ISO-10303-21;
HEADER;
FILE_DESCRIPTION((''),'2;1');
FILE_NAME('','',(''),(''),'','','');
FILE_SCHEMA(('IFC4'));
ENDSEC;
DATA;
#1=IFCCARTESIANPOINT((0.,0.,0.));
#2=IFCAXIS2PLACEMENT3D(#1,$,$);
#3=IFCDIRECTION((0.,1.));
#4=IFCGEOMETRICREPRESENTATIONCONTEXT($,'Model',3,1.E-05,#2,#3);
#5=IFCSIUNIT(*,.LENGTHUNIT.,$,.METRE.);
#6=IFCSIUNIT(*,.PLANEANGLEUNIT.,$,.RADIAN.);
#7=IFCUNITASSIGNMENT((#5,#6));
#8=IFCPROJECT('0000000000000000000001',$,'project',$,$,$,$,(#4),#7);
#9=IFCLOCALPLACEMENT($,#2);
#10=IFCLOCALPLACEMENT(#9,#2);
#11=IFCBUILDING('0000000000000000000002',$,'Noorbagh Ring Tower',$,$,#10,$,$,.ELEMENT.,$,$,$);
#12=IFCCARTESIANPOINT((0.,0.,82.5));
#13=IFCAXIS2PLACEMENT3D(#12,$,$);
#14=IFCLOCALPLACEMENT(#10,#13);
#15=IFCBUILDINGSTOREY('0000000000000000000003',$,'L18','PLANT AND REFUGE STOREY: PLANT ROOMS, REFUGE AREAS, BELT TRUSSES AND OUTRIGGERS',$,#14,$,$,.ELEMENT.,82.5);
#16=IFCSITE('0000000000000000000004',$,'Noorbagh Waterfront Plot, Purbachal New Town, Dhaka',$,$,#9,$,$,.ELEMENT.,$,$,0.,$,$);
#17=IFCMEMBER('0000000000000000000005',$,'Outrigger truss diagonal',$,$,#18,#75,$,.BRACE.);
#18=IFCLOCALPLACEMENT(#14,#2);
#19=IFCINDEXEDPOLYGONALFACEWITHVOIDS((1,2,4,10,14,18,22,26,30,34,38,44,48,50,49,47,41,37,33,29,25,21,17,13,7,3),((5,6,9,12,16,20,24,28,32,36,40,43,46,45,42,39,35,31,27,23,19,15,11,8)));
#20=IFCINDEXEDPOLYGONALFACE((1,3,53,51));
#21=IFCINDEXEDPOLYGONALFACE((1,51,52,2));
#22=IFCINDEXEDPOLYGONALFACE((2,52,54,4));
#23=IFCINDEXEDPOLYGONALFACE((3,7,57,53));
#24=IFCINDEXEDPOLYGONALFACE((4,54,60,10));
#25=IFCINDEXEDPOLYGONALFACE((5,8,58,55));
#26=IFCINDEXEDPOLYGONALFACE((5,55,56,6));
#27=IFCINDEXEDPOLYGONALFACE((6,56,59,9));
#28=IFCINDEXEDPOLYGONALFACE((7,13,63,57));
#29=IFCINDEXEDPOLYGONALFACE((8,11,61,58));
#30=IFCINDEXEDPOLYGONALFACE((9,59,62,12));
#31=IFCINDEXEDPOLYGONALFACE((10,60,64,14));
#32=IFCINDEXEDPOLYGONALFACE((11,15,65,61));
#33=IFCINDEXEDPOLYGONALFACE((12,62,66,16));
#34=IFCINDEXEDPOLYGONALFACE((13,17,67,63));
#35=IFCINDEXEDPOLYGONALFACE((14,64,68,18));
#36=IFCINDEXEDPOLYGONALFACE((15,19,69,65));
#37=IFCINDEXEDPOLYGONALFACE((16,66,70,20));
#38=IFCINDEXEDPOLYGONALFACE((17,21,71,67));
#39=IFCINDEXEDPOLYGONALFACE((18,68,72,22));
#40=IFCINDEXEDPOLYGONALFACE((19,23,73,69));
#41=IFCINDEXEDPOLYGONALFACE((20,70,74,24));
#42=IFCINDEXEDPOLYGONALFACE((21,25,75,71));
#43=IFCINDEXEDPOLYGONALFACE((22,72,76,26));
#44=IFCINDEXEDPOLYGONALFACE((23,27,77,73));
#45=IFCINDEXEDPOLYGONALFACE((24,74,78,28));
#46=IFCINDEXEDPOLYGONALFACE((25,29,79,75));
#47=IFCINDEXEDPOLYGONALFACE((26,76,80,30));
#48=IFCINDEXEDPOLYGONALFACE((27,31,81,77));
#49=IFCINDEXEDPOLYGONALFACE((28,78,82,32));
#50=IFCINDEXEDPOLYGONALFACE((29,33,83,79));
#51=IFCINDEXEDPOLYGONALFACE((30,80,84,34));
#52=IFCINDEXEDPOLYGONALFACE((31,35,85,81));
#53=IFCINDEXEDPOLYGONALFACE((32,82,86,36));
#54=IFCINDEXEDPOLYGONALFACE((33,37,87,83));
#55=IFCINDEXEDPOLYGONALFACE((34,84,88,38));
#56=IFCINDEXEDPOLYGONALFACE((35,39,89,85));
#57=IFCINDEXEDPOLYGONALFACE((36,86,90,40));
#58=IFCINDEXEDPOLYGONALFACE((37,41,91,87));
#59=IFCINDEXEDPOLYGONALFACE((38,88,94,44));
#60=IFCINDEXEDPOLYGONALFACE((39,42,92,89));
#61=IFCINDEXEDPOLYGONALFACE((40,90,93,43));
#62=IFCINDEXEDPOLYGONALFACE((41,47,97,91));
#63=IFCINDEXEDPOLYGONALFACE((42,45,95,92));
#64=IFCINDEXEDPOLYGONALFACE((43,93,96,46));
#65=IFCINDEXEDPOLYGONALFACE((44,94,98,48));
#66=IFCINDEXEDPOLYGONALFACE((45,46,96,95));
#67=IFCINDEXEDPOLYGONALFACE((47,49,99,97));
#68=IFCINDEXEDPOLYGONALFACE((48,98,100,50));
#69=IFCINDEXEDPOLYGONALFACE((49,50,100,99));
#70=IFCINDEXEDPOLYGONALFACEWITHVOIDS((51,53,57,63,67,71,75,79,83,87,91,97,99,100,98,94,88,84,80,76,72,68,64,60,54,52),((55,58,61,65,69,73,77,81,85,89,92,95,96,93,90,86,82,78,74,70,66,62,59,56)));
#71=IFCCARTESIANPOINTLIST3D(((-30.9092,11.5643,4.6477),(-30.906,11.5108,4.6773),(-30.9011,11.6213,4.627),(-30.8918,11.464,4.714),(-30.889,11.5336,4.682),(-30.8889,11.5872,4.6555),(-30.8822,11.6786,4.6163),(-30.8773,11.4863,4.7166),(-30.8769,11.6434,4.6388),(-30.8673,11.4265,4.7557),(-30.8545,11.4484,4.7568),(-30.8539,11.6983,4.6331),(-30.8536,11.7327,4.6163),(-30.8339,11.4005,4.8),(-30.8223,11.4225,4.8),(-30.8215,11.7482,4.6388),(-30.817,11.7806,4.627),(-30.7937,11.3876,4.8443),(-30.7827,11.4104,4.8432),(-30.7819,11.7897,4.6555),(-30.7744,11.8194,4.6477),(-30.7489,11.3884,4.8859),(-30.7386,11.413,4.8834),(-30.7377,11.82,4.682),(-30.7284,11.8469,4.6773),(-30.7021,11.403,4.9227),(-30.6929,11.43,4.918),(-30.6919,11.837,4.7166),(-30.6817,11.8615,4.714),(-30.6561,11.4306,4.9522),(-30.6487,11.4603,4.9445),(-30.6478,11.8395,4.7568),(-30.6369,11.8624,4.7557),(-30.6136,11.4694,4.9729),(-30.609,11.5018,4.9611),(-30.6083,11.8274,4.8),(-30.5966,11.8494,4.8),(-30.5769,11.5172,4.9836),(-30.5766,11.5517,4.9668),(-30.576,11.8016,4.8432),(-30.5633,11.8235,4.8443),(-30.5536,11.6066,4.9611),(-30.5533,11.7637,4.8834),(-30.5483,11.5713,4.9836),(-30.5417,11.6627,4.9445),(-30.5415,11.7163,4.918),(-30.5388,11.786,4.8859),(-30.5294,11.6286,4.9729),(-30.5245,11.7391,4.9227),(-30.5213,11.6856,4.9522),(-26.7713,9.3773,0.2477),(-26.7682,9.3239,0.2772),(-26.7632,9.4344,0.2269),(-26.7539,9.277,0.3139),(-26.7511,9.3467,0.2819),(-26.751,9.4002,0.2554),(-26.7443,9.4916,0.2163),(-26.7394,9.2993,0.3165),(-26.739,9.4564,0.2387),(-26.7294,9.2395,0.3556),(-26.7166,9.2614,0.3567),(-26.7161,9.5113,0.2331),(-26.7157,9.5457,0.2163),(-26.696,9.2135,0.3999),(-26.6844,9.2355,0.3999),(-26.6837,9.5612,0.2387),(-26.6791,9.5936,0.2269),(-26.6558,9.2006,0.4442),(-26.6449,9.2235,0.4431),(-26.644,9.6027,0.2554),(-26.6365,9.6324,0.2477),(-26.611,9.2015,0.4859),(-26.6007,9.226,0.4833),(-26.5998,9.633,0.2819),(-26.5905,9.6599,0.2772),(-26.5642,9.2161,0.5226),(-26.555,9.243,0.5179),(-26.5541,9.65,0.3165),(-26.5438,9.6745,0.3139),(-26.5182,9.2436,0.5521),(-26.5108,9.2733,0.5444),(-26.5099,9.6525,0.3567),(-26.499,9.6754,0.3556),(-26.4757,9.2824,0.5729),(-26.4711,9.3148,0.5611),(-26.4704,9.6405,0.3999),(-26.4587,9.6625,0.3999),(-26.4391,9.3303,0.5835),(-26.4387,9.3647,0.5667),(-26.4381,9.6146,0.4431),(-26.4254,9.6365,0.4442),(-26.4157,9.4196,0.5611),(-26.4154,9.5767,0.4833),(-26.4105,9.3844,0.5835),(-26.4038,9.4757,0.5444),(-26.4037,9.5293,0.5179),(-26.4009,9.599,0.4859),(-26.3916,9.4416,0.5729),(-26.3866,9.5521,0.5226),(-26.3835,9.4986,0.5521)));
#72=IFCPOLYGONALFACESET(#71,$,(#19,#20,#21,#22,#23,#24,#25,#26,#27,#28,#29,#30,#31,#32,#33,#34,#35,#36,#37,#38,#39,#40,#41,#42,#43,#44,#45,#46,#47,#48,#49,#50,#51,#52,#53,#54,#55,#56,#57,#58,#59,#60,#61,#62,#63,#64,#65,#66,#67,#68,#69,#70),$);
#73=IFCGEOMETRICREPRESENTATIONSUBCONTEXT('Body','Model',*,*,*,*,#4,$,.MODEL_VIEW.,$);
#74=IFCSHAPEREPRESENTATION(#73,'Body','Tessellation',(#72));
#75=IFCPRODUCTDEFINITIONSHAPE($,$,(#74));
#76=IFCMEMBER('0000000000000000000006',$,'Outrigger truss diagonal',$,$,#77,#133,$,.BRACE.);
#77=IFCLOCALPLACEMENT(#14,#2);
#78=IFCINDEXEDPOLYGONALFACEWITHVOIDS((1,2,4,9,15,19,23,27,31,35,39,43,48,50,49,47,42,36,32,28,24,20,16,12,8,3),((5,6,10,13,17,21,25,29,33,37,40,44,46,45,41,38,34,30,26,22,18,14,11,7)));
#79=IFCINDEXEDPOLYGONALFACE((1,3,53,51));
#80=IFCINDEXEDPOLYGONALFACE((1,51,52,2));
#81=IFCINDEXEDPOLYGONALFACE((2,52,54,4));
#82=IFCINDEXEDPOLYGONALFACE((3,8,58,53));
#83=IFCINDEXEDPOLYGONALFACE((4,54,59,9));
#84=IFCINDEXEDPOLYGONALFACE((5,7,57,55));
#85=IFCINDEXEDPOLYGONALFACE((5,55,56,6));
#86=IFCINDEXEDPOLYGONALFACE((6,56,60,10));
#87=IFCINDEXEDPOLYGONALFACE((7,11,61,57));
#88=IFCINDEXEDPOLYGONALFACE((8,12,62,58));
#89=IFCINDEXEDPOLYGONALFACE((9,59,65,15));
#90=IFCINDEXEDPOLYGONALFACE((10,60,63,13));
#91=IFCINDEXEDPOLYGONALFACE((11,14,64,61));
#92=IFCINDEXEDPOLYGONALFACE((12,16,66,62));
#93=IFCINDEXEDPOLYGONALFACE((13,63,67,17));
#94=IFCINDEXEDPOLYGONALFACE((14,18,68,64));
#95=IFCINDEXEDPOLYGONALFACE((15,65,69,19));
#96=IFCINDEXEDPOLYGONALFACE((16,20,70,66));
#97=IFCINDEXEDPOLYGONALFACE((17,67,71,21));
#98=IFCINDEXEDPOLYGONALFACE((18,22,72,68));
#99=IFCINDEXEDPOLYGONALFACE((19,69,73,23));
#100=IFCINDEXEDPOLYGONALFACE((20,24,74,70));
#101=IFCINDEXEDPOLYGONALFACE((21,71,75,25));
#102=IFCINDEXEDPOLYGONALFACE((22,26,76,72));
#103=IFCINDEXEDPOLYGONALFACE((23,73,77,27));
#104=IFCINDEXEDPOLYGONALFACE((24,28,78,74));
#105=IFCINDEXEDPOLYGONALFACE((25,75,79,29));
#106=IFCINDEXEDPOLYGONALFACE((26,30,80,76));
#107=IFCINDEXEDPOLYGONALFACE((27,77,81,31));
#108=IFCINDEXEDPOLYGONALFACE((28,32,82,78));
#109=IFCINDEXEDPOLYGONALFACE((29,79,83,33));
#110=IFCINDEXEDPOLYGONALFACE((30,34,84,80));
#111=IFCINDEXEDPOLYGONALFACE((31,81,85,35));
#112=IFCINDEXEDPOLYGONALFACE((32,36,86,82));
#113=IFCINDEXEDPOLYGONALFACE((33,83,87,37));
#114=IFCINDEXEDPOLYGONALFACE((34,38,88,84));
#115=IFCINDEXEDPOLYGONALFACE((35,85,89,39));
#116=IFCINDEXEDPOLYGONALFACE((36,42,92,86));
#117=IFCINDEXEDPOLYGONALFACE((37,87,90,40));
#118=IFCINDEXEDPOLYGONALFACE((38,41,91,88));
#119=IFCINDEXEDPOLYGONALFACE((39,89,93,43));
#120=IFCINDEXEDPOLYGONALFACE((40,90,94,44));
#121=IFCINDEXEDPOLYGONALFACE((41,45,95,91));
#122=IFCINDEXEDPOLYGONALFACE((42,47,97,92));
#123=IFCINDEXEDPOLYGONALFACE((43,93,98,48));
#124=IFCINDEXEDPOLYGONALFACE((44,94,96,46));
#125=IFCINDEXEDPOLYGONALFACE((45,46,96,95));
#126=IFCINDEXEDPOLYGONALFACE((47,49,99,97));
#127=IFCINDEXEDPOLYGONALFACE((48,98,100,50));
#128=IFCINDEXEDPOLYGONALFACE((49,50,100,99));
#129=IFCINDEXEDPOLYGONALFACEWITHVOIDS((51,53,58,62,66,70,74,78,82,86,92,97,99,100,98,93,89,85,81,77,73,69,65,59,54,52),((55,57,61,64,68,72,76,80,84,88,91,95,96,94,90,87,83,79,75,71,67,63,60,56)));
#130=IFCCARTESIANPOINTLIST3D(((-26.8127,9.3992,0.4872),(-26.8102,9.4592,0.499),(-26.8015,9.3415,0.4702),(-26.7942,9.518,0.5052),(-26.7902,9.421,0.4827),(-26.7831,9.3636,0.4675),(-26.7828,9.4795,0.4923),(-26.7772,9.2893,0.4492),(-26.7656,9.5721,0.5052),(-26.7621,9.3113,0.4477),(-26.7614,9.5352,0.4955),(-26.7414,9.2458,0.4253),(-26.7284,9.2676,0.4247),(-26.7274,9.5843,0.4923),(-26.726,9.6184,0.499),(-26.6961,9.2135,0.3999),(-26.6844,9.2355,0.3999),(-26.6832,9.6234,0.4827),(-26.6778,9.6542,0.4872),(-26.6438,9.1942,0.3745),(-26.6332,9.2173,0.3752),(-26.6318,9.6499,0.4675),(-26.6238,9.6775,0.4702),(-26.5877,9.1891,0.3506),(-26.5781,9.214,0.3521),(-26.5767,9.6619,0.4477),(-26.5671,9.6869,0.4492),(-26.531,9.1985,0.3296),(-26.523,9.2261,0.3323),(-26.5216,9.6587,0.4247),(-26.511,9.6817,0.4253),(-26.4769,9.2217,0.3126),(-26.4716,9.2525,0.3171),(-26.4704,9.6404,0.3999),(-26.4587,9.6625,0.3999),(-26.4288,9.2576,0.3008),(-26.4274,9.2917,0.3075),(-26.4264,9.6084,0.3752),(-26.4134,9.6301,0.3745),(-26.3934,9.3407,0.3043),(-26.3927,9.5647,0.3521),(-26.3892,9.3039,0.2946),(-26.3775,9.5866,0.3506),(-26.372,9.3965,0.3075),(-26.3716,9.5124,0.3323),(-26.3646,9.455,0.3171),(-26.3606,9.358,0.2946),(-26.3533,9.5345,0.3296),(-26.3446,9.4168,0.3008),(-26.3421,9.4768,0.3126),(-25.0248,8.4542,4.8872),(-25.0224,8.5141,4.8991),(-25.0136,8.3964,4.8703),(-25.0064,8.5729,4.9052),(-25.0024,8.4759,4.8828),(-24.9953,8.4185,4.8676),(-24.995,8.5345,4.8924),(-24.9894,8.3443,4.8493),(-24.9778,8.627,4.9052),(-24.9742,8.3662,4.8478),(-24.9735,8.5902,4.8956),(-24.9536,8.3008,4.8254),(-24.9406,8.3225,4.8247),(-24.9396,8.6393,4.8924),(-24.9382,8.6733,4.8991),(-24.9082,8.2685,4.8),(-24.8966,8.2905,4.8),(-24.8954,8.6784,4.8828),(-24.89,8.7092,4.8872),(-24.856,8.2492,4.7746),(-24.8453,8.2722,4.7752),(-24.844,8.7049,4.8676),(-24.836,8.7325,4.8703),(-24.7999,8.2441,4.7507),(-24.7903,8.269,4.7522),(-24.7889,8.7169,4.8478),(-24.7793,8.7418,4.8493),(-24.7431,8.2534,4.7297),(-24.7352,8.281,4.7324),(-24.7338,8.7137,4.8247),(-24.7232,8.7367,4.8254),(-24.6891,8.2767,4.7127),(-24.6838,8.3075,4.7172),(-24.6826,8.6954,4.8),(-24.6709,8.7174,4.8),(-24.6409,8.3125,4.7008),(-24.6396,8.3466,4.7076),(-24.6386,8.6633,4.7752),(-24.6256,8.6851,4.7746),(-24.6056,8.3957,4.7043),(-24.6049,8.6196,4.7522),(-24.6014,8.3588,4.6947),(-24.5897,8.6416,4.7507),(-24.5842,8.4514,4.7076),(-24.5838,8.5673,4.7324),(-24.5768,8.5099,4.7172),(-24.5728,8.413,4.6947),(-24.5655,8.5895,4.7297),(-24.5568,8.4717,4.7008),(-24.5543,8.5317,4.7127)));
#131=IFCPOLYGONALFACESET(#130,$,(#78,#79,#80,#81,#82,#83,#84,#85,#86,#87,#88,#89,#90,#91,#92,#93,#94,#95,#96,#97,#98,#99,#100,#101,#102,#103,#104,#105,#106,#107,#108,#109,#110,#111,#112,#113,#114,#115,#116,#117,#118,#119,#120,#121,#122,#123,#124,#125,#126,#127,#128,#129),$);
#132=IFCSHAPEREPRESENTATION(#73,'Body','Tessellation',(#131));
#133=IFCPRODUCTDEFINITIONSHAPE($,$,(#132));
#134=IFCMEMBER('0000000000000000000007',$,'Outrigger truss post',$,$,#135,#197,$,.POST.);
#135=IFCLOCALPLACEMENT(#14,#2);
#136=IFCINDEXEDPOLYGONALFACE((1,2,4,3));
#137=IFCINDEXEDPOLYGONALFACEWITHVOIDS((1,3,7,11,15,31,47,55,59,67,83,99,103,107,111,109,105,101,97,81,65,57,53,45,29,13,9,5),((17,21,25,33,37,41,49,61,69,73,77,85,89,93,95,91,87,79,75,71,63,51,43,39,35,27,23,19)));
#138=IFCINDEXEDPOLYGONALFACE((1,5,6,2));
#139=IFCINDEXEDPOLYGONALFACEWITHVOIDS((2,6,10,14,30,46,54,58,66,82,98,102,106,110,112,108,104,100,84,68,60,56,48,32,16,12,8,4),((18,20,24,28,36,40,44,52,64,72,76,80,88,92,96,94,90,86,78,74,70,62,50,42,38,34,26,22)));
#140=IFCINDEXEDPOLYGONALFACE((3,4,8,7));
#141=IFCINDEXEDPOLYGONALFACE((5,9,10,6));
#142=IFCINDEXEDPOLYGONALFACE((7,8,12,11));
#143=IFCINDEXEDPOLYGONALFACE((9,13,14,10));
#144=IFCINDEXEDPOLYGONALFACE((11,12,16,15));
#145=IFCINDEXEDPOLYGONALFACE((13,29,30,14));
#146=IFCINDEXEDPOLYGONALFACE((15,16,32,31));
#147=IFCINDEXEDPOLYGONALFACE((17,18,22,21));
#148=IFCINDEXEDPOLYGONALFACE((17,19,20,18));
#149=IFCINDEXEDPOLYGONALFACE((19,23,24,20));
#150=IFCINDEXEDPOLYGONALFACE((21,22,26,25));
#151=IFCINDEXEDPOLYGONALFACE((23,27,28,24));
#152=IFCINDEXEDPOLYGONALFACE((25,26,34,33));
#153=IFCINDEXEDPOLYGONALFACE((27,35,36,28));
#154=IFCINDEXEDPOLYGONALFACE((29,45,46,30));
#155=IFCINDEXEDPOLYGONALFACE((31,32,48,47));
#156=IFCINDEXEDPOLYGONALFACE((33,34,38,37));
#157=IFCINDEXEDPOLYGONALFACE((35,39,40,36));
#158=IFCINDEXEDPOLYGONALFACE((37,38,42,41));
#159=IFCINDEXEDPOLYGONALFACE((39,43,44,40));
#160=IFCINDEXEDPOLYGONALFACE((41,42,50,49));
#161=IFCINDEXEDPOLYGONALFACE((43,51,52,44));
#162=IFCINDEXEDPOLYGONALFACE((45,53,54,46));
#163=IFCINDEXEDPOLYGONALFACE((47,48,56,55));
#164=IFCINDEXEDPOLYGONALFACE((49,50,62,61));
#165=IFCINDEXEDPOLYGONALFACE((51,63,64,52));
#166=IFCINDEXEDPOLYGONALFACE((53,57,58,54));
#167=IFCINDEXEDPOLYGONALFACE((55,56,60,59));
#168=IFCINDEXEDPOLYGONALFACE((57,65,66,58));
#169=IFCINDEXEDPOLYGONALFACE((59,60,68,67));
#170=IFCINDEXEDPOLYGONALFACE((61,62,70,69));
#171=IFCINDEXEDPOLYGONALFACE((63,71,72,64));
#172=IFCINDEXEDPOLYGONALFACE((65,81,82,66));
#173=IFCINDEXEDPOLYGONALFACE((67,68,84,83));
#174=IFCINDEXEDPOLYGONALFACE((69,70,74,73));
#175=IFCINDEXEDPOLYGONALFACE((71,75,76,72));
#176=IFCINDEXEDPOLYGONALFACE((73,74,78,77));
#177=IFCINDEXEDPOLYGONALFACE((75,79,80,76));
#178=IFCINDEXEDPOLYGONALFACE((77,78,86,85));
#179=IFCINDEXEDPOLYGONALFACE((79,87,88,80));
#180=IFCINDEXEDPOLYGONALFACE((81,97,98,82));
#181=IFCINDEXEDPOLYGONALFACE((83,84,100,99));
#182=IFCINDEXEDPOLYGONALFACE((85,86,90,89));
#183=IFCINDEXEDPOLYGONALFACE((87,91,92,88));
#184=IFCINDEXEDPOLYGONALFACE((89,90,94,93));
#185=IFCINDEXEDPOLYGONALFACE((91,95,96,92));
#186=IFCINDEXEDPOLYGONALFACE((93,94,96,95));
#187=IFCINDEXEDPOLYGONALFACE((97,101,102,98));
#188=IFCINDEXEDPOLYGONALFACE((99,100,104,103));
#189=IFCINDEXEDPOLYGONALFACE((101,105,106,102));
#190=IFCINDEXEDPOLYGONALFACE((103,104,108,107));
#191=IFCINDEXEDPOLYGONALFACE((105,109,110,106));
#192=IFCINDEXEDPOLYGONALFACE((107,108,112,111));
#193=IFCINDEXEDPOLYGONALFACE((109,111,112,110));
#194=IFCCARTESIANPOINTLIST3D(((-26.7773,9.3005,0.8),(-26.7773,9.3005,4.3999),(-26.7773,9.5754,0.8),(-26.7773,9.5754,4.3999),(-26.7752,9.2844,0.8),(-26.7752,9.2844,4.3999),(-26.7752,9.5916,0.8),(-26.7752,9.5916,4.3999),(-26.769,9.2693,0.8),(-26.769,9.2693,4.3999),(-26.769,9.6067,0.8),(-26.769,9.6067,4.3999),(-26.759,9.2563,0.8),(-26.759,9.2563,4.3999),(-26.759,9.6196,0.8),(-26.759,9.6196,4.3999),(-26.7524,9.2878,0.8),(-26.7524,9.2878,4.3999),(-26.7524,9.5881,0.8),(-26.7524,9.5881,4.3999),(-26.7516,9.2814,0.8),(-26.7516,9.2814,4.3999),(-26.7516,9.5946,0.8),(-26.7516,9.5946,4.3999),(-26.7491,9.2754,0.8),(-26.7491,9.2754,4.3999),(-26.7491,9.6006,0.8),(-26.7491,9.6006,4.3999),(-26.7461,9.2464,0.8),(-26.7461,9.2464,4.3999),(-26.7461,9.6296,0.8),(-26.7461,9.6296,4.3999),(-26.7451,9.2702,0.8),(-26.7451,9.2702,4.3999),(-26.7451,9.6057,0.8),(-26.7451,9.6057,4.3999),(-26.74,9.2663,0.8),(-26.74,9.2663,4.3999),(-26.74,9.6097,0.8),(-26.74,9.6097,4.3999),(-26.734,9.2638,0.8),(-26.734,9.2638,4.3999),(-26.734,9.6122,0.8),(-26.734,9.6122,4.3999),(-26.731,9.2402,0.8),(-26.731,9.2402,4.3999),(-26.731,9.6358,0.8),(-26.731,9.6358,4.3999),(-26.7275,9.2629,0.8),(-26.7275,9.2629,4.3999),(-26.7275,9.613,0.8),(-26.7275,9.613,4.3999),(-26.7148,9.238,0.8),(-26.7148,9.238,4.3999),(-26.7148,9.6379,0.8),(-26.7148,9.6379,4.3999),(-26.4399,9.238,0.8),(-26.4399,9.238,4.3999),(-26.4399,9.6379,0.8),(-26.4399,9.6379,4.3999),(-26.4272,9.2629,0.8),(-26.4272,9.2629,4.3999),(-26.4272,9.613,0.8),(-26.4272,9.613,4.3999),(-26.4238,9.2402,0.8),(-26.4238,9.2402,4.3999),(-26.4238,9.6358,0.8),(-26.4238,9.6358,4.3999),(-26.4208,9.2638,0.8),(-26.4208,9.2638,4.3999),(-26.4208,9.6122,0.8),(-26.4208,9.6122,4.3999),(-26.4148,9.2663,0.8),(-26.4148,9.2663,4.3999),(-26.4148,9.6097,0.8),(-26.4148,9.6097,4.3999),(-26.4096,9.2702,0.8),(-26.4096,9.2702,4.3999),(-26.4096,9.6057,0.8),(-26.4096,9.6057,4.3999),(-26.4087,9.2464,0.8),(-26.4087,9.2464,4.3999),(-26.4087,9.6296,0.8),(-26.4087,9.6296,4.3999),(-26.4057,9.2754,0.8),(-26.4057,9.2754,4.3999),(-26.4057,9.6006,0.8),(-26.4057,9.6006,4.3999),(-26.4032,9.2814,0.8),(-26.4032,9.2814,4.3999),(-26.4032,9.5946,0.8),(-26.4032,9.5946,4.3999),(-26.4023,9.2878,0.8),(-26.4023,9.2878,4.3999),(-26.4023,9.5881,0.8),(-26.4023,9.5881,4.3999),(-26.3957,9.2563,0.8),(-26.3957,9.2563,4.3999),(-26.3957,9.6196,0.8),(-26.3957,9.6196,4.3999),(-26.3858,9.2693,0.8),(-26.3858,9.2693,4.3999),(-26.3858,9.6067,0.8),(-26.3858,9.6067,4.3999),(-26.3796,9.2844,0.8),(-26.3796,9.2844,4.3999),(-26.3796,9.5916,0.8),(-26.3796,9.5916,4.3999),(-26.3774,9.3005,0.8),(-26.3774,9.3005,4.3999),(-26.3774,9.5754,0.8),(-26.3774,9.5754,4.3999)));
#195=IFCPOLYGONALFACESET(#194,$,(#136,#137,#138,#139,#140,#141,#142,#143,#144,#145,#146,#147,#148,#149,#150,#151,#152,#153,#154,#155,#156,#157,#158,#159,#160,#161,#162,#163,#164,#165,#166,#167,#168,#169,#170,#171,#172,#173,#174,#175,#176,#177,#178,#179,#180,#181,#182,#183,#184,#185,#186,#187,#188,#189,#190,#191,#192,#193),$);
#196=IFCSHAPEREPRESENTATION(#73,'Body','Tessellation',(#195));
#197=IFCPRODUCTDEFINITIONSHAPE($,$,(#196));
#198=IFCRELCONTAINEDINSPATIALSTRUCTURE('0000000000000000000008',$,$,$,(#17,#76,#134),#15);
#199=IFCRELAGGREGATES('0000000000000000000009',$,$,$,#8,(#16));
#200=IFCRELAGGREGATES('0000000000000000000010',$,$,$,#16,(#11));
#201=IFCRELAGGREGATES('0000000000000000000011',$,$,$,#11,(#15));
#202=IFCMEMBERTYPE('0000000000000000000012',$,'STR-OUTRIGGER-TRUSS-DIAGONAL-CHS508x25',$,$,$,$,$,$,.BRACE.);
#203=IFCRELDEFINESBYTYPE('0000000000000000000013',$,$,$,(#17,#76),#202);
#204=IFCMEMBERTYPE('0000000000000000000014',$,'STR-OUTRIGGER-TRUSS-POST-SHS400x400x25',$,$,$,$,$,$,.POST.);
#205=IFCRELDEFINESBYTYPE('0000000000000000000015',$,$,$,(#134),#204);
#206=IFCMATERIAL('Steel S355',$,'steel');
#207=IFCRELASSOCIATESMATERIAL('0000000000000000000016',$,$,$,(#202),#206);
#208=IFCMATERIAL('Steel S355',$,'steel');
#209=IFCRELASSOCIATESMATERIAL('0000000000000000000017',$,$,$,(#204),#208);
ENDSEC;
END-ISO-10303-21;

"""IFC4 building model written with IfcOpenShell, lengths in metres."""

from ifc_helpers import new_model, si_unit, direction, frame, origin, origin_2d, place, context, subcontext, project, spatial, hollow_rectangle, hollow_circle, extrude, material, material_profile, profile_set, type_object, element, save


model = new_model("IFC4")

# Units and contexts
model_context = context("Model", 3, precision=1e-05, world=origin(), true_north=direction((0.0, 1.0)))
body_context = subcontext(model_context, "Body", "Model", "MODEL_VIEW")
ifc_project = project(units=[si_unit("LENGTHUNIT", "METRE"), si_unit("PLANEANGLEUNIT", "RADIAN")], contexts=[model_context])

# Site, building, storey
site_placement = place(None, origin())
site = spatial("IfcSite", under=ifc_project, at=site_placement, Name="Noorbagh Waterfront Plot, Purbachal New Town, Dhaka", CompositionType="ELEMENT", RefElevation=0.0)
building_placement = place(site_placement, origin())
building = spatial("IfcBuilding", under=site, at=building_placement, Name="Noorbagh Ring Tower", CompositionType="ELEMENT")
storey_placement = place(building_placement, frame((0.0, 0.0, 82.5)))
storey = spatial("IfcBuildingStorey", under=building, at=storey_placement, Name="L18", Description="PLANT AND REFUGE STOREY: PLANT ROOMS, REFUGE AREAS, BELT TRUSSES AND OUTRIGGERS", CompositionType="ELEMENT", Elevation=82.5)

# Members
ifc_material_1 = material(Name="Steel S355", Category="steel")
ifc_material_profile_1 = material_profile(ifc_material_1, hollow_circle(Radius=0.2539, WallThickness=0.0249, at=origin_2d()), Name="CHS508x25")
ifc_profile_set_1 = profile_set([ifc_material_profile_1], Name="Steel S355")
member_type_1 = type_object("IfcMemberType", Name="STR-OUTRIGGER-TRUSS-DIAGONAL-CHS508x25", PredefinedType="BRACE", material=ifc_profile_set_1)
member_1_placement = place(storey_placement, frame((-26.5774, 9.438, 0.3999), z_axis=(-0.644145, 0.340448, 0.684962), x_axis=(-0.467276, -0.884111, 0.0)))
element("IfcMember", 1, at=member_1_placement, inside=storey, type_object=member_type_1, Name="Outrigger truss diagonal", PredefinedType="BRACE", context=body_context, shape_type="SweptSolid", body=[
    extrude(hollow_circle(Radius=0.2539, WallThickness=0.0249, at=origin_2d()), origin(), (0.0, 0.0, 1.0), 6.4238),
])
member_2_placement = place(storey_placement, frame((-26.5774, 9.438, 0.3999), z_axis=(0.36919, -0.195157, 0.908632), x_axis=(0.467333, 0.884081, 0.0)))
element("IfcMember", 2, at=member_2_placement, inside=storey, type_object=member_type_1, Name="Outrigger truss diagonal", PredefinedType="BRACE", context=body_context, shape_type="SweptSolid", body=[
    extrude(hollow_circle(Radius=0.2539, WallThickness=0.0249, at=origin_2d()), origin(), (0.0, 0.0, 1.0), 4.8425),
])
ifc_material_2 = material(Name="Steel S355", Category="steel")
ifc_material_profile_2 = material_profile(ifc_material_2, hollow_rectangle(XDim=0.3999, YDim=0.3999, WallThickness=0.0249, InnerFilletRadius=0.0249, OuterFilletRadius=0.0625, at=origin_2d()), Name="SHS400x400x25")
ifc_profile_set_2 = profile_set([ifc_material_profile_2], Name="Steel S355")
member_type_2 = type_object("IfcMemberType", Name="STR-OUTRIGGER-TRUSS-POST-SHS400x400x25", PredefinedType="POST", material=ifc_profile_set_2)
member_3_placement = place(storey_placement, frame((-26.5774, 9.438, 0.8), z_axis=(0.0, 0.0, 1.0), x_axis=(1.0, 0.0, 0.0)))
element("IfcMember", 3, at=member_3_placement, inside=storey, type_object=member_type_2, Name="Outrigger truss post", PredefinedType="POST", context=body_context, shape_type="SweptSolid", body=[
    extrude(hollow_rectangle(XDim=0.3999, YDim=0.3999, WallThickness=0.0249, InnerFilletRadius=0.0249, OuterFilletRadius=0.0625, at=origin_2d()), origin(), (0.0, 0.0, 1.0), 3.5999),
])

save(model, "model.ifc")
